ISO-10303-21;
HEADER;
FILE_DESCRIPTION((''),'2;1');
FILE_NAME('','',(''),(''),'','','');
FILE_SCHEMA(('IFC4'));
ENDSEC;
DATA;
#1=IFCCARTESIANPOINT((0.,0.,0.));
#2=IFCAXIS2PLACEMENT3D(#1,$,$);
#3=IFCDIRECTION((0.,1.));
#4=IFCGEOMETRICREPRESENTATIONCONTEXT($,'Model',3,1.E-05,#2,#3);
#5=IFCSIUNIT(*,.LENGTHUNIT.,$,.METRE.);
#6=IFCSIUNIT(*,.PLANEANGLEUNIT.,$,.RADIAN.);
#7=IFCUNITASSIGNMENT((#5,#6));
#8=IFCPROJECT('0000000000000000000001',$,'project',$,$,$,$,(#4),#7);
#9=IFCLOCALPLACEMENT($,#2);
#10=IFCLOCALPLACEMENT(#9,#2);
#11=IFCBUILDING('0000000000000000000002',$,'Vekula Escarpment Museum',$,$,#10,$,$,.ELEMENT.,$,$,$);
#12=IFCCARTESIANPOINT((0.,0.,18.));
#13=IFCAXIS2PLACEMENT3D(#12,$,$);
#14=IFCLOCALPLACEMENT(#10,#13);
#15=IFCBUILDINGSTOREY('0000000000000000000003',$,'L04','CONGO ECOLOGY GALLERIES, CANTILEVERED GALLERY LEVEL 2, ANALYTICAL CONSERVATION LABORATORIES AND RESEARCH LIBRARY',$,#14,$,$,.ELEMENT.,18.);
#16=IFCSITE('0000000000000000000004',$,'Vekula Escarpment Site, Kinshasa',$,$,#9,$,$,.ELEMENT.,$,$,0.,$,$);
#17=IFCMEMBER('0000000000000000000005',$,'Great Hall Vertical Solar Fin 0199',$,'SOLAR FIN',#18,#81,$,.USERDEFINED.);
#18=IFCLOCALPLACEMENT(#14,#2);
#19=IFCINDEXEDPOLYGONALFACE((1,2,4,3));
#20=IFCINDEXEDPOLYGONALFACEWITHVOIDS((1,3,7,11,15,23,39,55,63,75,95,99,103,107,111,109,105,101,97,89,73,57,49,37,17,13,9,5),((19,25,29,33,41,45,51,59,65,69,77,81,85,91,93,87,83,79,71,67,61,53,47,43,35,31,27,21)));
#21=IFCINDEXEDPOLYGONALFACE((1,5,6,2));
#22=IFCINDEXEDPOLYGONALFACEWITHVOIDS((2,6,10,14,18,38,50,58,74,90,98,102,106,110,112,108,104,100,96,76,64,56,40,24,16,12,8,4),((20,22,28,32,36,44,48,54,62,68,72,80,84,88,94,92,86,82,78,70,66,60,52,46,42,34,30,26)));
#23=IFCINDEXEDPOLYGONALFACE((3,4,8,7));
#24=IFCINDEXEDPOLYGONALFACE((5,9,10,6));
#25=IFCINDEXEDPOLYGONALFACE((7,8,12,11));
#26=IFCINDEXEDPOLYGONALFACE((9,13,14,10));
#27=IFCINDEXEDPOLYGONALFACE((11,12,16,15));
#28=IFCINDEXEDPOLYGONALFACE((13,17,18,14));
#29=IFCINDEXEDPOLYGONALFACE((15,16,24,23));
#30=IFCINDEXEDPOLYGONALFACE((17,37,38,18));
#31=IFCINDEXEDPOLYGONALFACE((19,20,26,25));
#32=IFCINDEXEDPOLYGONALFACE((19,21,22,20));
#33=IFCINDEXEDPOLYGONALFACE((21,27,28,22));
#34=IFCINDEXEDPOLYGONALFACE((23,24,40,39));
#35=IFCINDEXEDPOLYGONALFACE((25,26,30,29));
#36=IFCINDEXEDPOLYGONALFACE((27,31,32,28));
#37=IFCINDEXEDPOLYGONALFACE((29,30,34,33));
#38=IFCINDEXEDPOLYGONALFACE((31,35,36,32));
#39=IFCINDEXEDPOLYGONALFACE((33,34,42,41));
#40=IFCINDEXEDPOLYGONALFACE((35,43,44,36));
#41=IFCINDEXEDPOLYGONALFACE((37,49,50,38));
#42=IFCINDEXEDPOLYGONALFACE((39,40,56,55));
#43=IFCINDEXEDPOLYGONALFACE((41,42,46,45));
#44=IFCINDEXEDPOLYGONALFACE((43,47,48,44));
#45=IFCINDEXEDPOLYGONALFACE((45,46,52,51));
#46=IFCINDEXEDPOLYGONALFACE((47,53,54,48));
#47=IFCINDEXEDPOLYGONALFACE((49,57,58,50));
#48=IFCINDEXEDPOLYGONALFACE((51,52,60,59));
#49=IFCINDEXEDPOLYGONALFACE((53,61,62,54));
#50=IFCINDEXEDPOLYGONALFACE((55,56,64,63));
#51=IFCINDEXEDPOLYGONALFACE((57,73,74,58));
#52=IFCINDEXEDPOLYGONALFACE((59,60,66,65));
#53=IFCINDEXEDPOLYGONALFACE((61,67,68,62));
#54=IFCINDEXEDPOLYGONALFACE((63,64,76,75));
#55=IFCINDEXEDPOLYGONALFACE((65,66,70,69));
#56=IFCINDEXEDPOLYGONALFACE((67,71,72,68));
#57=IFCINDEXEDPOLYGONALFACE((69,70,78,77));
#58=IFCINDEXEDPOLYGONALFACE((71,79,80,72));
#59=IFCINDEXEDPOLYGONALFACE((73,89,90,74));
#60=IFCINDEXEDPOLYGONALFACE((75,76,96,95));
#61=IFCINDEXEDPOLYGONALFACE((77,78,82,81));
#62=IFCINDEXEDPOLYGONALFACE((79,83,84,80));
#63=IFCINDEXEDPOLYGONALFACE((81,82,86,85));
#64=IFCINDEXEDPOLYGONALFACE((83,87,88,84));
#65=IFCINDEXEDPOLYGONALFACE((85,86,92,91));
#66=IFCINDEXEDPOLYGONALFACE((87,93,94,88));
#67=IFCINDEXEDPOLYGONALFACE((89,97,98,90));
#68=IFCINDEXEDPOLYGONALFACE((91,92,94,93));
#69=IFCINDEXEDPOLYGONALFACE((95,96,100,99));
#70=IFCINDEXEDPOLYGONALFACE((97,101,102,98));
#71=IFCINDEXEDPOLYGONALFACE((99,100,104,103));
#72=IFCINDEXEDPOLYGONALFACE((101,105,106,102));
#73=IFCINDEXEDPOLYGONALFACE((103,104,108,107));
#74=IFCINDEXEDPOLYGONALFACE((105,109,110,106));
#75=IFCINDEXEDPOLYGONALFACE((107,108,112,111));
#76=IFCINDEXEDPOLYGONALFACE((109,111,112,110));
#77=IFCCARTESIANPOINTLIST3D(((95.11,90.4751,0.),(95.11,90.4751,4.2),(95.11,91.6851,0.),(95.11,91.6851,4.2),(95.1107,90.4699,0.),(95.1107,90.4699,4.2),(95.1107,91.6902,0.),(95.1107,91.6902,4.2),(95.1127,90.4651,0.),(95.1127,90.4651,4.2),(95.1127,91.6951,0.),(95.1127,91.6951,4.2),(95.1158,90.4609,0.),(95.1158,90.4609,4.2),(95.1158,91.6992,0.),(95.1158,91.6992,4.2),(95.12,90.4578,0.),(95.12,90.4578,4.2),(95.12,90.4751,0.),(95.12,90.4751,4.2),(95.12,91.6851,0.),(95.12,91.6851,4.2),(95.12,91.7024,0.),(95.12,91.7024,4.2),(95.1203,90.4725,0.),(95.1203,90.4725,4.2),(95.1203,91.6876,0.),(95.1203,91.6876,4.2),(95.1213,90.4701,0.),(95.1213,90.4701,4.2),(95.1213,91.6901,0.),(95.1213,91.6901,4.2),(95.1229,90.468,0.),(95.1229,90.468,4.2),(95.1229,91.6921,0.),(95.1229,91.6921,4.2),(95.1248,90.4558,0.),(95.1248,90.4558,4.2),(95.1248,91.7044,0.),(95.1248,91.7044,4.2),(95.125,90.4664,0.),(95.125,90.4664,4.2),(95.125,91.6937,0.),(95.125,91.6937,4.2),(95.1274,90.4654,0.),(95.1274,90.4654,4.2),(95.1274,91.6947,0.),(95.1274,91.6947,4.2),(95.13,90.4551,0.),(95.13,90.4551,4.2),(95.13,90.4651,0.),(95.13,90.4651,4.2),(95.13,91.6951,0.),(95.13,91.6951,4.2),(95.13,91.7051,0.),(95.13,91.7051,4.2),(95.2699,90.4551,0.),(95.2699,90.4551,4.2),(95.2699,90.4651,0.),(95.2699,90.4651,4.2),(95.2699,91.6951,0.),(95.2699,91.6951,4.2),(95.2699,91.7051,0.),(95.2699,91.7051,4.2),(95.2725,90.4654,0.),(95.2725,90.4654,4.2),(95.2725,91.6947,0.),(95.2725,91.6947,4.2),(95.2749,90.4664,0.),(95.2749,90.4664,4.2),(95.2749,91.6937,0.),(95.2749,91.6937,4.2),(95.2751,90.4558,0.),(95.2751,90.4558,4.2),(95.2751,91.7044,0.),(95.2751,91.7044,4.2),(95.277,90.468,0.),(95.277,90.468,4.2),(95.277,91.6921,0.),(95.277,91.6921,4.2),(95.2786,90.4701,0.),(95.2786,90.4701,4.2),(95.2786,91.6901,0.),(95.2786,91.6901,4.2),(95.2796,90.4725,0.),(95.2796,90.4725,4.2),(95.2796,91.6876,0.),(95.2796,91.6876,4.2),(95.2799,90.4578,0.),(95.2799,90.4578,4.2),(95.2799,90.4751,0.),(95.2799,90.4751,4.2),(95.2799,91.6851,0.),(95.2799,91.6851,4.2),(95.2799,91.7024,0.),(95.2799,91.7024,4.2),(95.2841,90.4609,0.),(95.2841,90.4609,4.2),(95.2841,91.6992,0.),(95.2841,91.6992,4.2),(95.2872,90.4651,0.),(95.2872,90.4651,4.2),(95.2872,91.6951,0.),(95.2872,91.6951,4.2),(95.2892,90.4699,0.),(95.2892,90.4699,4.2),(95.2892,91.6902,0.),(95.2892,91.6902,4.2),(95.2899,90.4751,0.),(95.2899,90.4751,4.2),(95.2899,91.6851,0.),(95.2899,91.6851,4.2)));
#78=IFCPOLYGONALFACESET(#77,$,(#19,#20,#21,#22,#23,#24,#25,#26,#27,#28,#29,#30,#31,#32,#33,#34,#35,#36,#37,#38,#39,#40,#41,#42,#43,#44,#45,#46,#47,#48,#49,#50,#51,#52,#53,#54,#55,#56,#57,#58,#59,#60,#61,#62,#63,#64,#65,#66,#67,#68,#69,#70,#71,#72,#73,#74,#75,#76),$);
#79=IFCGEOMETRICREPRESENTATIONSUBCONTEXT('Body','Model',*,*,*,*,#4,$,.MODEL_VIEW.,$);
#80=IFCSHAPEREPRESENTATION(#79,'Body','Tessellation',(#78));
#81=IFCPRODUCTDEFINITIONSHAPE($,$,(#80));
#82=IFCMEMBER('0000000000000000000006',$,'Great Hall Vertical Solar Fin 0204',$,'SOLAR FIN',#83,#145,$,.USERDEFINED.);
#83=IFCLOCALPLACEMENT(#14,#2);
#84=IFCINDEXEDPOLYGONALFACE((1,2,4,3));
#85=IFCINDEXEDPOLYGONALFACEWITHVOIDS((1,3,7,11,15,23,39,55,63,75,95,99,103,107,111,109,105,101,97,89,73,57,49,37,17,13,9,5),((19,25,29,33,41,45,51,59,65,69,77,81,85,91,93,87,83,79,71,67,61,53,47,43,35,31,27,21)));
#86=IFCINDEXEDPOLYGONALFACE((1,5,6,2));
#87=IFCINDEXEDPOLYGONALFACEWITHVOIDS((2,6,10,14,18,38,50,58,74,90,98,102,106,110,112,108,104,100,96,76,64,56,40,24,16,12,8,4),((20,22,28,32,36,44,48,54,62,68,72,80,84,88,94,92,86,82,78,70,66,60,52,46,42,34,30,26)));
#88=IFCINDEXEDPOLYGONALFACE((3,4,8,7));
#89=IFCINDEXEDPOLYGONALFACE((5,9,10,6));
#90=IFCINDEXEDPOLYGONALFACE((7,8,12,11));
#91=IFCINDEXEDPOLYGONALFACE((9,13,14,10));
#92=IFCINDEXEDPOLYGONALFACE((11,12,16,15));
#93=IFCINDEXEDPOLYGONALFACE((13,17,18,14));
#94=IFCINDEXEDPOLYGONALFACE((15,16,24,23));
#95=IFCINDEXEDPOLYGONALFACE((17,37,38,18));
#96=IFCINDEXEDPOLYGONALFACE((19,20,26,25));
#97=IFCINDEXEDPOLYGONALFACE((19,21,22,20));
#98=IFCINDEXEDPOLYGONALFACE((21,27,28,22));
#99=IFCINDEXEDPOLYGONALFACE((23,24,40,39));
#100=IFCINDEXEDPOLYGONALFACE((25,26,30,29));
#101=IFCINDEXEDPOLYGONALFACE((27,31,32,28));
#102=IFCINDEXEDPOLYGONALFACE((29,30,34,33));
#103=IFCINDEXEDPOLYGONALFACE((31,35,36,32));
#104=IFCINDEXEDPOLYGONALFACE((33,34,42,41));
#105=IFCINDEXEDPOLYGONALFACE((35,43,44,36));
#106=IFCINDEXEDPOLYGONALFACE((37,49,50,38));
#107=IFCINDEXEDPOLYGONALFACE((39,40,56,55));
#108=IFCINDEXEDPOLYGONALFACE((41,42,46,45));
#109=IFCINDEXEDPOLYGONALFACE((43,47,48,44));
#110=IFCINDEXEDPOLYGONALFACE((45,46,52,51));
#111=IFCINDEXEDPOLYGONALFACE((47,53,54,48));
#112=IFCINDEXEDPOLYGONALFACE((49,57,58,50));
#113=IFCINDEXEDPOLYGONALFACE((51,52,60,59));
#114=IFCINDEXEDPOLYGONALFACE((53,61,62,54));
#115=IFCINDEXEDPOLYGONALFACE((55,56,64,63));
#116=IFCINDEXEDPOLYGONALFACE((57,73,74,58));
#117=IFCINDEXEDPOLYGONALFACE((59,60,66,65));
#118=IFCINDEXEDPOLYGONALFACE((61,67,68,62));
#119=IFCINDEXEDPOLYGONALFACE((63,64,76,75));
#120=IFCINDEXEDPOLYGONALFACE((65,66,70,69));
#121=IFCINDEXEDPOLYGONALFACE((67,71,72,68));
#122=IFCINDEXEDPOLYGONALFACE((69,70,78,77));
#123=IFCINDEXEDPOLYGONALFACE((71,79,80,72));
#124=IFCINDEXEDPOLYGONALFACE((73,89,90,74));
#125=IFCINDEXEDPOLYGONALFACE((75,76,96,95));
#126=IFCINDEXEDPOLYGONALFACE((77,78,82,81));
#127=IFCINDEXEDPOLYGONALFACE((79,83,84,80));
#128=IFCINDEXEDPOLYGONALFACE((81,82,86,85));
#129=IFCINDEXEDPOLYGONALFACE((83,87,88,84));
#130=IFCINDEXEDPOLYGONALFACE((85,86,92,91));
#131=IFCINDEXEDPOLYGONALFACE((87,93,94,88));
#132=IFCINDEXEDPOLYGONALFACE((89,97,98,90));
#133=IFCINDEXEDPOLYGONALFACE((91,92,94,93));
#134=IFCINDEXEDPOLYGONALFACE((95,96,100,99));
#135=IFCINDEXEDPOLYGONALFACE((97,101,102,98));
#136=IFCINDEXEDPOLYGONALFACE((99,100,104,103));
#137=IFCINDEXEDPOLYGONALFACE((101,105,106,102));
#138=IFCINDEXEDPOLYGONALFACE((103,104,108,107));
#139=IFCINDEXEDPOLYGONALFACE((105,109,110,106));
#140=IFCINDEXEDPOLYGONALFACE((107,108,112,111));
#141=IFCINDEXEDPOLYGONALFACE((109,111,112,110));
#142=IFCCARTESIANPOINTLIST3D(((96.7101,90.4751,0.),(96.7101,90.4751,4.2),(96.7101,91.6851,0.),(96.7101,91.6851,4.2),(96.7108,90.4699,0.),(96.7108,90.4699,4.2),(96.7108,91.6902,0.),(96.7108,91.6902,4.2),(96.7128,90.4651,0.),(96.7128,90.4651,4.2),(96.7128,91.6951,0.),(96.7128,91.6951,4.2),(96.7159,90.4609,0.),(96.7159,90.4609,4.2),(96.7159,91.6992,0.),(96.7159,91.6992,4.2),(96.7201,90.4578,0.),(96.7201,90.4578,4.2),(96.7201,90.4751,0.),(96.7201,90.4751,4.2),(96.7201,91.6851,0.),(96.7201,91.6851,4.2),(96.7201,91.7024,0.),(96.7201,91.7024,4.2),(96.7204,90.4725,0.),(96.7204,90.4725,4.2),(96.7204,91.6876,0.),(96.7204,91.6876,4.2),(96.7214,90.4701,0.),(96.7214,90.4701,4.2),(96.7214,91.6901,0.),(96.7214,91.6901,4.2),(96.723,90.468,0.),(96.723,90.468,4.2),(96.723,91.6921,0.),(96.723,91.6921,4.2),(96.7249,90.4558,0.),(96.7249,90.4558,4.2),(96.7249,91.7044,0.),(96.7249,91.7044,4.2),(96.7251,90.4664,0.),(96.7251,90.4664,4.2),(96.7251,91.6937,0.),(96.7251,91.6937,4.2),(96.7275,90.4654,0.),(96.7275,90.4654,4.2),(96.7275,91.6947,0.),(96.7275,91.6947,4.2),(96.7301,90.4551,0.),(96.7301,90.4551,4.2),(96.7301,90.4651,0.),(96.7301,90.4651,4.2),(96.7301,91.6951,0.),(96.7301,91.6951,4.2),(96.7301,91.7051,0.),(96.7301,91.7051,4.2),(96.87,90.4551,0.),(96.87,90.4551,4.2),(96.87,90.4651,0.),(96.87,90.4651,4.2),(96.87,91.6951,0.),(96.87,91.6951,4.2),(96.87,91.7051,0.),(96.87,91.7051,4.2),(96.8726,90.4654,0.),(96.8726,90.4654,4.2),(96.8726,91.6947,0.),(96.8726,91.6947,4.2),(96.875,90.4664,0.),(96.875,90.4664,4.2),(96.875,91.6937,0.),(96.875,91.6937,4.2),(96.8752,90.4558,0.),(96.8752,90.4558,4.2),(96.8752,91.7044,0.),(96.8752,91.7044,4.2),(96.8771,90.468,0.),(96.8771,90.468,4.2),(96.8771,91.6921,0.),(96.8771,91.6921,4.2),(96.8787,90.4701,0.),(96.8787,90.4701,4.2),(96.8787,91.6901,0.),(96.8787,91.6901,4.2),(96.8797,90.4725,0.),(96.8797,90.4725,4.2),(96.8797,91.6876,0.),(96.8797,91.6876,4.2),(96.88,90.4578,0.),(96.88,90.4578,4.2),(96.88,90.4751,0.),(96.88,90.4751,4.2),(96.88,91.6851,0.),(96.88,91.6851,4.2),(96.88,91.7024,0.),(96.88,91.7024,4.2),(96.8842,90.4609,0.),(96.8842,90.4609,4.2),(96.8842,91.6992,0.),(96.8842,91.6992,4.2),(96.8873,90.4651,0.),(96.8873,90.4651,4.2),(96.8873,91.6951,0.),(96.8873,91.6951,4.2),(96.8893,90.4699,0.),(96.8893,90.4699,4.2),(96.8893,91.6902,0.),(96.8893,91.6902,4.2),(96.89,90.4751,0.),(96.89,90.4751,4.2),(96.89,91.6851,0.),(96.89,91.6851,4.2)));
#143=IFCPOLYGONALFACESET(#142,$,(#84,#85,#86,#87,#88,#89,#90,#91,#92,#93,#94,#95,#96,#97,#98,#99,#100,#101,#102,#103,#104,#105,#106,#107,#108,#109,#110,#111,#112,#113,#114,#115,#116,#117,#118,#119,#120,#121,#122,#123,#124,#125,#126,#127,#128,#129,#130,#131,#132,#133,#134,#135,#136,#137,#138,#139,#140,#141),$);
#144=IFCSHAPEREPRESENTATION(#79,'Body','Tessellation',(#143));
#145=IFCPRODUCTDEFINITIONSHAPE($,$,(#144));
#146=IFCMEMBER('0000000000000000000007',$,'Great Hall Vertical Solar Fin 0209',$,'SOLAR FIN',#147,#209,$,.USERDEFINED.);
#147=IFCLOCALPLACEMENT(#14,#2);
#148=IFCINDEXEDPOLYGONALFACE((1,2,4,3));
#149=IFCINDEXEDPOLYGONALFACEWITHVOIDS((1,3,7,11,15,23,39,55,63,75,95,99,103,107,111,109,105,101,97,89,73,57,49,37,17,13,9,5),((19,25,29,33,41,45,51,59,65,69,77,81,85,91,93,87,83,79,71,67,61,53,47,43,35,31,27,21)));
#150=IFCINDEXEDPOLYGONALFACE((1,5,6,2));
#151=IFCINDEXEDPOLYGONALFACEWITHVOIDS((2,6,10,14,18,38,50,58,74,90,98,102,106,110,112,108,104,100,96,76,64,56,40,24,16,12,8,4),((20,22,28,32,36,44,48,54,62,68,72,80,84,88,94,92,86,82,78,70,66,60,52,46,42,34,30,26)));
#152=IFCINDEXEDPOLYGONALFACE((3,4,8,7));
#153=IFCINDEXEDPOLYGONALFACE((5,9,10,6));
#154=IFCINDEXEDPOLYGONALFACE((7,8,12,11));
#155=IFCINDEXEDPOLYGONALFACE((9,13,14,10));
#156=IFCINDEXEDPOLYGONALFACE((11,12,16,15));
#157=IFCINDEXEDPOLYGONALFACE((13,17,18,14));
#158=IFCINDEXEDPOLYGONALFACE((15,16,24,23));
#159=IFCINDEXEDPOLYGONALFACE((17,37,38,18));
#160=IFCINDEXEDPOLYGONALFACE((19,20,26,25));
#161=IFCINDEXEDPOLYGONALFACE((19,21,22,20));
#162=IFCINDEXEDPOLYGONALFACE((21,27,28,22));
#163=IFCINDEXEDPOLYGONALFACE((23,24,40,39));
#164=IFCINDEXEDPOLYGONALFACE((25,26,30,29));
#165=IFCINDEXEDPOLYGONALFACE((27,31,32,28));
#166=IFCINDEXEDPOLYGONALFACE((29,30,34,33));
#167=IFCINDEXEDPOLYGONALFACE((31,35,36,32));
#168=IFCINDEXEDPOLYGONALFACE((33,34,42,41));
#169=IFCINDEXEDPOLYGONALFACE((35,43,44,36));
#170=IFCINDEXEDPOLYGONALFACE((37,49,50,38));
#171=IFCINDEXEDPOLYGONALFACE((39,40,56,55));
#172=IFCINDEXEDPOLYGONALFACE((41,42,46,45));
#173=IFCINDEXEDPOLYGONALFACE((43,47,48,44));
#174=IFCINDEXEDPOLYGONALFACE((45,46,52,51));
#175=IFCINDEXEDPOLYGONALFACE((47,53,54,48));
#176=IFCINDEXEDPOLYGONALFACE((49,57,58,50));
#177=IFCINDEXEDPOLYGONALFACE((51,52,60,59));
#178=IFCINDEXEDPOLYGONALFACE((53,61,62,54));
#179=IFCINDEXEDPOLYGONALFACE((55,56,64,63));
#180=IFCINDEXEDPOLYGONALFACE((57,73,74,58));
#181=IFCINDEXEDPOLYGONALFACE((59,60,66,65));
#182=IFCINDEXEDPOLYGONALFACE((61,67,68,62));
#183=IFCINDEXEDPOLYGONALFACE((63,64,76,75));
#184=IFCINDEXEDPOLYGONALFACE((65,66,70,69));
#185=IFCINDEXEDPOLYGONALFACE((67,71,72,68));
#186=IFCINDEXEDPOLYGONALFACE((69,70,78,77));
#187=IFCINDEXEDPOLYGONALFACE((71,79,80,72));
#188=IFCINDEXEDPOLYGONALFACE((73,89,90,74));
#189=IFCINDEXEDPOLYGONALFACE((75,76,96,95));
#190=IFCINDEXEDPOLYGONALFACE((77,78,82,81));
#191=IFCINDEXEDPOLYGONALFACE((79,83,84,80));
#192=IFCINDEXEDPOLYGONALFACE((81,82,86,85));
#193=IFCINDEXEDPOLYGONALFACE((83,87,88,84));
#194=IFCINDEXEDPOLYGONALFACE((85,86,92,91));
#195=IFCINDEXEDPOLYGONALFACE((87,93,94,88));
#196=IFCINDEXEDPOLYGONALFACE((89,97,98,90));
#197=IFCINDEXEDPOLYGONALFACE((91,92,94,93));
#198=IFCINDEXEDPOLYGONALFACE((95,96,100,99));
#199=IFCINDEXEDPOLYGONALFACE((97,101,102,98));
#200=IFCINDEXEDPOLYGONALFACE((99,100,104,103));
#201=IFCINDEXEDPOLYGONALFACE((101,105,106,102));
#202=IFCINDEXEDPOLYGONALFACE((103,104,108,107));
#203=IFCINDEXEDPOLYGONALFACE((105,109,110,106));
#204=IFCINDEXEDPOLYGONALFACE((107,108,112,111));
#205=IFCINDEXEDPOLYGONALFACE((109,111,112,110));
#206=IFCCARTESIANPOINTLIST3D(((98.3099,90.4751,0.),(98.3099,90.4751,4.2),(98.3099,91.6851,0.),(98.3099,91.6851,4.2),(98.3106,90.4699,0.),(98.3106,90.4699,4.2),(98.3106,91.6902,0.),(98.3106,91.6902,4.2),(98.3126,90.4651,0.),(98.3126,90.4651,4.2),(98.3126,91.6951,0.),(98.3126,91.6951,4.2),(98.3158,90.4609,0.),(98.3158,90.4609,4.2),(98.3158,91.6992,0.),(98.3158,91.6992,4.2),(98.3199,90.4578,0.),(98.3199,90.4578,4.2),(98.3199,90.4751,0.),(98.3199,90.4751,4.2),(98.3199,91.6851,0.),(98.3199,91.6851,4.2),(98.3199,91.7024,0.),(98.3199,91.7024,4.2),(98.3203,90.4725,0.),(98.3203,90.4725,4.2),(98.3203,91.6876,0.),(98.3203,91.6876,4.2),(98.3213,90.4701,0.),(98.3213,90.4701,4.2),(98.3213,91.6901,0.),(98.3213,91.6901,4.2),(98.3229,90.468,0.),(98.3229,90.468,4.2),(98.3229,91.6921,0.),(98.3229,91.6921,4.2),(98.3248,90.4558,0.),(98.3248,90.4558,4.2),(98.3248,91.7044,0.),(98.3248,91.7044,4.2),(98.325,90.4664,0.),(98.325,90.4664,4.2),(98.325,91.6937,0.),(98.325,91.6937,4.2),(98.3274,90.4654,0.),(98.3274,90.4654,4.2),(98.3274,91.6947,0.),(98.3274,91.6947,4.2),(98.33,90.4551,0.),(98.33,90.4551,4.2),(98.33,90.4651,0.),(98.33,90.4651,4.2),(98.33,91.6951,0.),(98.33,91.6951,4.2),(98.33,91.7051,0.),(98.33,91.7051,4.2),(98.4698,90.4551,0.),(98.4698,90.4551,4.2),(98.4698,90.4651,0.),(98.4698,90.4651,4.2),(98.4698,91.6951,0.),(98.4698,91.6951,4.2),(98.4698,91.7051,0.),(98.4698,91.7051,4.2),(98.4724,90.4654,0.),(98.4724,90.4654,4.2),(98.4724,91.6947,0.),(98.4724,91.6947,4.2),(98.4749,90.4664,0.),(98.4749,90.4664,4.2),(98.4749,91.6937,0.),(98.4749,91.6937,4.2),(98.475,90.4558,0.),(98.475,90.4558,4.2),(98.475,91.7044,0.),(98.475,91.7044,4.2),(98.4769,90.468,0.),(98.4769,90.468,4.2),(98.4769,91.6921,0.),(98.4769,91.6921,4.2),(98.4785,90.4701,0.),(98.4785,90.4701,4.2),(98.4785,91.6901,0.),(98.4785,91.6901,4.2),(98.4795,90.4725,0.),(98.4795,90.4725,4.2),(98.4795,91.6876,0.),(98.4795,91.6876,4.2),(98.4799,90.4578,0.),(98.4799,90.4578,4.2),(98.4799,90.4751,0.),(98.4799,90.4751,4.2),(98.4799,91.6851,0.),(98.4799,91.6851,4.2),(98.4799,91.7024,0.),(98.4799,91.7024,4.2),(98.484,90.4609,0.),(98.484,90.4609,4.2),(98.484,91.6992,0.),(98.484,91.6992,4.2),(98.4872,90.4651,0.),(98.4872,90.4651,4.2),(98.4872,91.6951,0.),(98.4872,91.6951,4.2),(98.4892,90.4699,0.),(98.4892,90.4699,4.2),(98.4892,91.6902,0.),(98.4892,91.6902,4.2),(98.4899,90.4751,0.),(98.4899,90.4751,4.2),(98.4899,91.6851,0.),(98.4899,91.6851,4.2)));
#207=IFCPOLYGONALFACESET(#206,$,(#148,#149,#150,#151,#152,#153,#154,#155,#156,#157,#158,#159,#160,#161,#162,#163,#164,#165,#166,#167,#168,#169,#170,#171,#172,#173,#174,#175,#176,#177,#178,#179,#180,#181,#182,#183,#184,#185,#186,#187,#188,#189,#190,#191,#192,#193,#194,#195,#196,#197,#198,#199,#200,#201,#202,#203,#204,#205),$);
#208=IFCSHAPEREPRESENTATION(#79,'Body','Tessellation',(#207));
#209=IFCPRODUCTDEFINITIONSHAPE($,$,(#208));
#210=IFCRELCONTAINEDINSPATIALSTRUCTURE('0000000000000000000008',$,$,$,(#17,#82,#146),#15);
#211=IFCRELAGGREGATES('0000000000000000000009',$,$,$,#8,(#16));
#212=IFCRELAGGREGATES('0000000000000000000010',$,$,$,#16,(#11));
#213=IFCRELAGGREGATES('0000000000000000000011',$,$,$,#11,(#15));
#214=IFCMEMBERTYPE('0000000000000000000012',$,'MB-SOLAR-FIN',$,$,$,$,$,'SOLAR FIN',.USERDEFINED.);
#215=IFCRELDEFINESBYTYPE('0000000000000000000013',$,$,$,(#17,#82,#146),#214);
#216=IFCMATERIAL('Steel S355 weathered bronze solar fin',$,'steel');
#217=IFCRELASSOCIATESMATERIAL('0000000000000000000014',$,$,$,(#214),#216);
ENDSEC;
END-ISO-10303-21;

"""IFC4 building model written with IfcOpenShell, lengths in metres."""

from ifc_helpers import new_model, si_unit, direction, frame, origin, origin_2d, place, context, subcontext, project, spatial, hollow_rectangle, extrude, material, material_profile, profile_set, type_object, element, save


model = new_model("IFC4")

# Units and contexts
model_context = context("Model", 3, precision=1e-05, world=origin(), true_north=direction((0.0, 1.0)))
body_context = subcontext(model_context, "Body", "Model", "MODEL_VIEW")
ifc_project = project(units=[si_unit("LENGTHUNIT", "METRE"), si_unit("PLANEANGLEUNIT", "RADIAN")], contexts=[model_context])

# Site, building, storey
site_placement = place(None, origin())
site = spatial("IfcSite", under=ifc_project, at=site_placement, Name="Vekula Escarpment Site, Kinshasa", CompositionType="ELEMENT", RefElevation=0.0)
building_placement = place(site_placement, origin())
building = spatial("IfcBuilding", under=site, at=building_placement, Name="Vekula Escarpment Museum", CompositionType="ELEMENT")
storey_placement = place(building_placement, frame((0.0, 0.0, 18.0)))
storey = spatial("IfcBuildingStorey", under=building, at=storey_placement, Name="L04", Description="CONGO ECOLOGY GALLERIES, CANTILEVERED GALLERY LEVEL 2, ANALYTICAL CONSERVATION LABORATORIES AND RESEARCH LIBRARY", CompositionType="ELEMENT", Elevation=18.0)

# Members
ifc_material_1 = material(Name="Steel S355 weathered bronze solar fin", Category="steel")
ifc_material_profile = material_profile(ifc_material_1, hollow_rectangle(XDim=0.1799, YDim=1.25, WallThickness=0.01, InnerFilletRadius=0.01, OuterFilletRadius=0.02, at=origin_2d()), Name="RHS 1250x180x10")
ifc_profile_set = profile_set([ifc_material_profile], Name="Steel S355 weathered bronze solar fin")
member_type = type_object("IfcMemberType", Name="MB-SOLAR-FIN", ElementType="SOLAR FIN", PredefinedType="USERDEFINED", material=ifc_profile_set)
for number, where, z_axis, x_axis, name in (
    (1, (95.2, 91.0801, 0.0), (0.0, 0.0, 1.0), (1.0, 0.0, 0.0), "Great Hall Vertical Solar Fin 0199"),
    (2, (96.8, 91.0801, 0.0), (0.0, 0.0, 1.0), (1.0, 0.0, 0.0), "Great Hall Vertical Solar Fin 0204"),
    (3, (98.3999, 91.0801, 0.0), (0.0, 0.0, 1.0), (1.0, 0.0, 0.0), "Great Hall Vertical Solar Fin 0209"),
):
    element("IfcMember", number, at=place(storey_placement, frame(where, z_axis=z_axis, x_axis=x_axis)), inside=storey, type_object=member_type, Name=name, ObjectType="SOLAR FIN", PredefinedType="USERDEFINED", context=body_context, shape_type="SweptSolid", body=[
        extrude(hollow_rectangle(XDim=0.1799, YDim=1.25, WallThickness=0.01, InnerFilletRadius=0.01, OuterFilletRadius=0.02, at=origin_2d()), origin(), (0.0, 0.0, 1.0), 4.2),
    ])

save(model, "model.ifc")
